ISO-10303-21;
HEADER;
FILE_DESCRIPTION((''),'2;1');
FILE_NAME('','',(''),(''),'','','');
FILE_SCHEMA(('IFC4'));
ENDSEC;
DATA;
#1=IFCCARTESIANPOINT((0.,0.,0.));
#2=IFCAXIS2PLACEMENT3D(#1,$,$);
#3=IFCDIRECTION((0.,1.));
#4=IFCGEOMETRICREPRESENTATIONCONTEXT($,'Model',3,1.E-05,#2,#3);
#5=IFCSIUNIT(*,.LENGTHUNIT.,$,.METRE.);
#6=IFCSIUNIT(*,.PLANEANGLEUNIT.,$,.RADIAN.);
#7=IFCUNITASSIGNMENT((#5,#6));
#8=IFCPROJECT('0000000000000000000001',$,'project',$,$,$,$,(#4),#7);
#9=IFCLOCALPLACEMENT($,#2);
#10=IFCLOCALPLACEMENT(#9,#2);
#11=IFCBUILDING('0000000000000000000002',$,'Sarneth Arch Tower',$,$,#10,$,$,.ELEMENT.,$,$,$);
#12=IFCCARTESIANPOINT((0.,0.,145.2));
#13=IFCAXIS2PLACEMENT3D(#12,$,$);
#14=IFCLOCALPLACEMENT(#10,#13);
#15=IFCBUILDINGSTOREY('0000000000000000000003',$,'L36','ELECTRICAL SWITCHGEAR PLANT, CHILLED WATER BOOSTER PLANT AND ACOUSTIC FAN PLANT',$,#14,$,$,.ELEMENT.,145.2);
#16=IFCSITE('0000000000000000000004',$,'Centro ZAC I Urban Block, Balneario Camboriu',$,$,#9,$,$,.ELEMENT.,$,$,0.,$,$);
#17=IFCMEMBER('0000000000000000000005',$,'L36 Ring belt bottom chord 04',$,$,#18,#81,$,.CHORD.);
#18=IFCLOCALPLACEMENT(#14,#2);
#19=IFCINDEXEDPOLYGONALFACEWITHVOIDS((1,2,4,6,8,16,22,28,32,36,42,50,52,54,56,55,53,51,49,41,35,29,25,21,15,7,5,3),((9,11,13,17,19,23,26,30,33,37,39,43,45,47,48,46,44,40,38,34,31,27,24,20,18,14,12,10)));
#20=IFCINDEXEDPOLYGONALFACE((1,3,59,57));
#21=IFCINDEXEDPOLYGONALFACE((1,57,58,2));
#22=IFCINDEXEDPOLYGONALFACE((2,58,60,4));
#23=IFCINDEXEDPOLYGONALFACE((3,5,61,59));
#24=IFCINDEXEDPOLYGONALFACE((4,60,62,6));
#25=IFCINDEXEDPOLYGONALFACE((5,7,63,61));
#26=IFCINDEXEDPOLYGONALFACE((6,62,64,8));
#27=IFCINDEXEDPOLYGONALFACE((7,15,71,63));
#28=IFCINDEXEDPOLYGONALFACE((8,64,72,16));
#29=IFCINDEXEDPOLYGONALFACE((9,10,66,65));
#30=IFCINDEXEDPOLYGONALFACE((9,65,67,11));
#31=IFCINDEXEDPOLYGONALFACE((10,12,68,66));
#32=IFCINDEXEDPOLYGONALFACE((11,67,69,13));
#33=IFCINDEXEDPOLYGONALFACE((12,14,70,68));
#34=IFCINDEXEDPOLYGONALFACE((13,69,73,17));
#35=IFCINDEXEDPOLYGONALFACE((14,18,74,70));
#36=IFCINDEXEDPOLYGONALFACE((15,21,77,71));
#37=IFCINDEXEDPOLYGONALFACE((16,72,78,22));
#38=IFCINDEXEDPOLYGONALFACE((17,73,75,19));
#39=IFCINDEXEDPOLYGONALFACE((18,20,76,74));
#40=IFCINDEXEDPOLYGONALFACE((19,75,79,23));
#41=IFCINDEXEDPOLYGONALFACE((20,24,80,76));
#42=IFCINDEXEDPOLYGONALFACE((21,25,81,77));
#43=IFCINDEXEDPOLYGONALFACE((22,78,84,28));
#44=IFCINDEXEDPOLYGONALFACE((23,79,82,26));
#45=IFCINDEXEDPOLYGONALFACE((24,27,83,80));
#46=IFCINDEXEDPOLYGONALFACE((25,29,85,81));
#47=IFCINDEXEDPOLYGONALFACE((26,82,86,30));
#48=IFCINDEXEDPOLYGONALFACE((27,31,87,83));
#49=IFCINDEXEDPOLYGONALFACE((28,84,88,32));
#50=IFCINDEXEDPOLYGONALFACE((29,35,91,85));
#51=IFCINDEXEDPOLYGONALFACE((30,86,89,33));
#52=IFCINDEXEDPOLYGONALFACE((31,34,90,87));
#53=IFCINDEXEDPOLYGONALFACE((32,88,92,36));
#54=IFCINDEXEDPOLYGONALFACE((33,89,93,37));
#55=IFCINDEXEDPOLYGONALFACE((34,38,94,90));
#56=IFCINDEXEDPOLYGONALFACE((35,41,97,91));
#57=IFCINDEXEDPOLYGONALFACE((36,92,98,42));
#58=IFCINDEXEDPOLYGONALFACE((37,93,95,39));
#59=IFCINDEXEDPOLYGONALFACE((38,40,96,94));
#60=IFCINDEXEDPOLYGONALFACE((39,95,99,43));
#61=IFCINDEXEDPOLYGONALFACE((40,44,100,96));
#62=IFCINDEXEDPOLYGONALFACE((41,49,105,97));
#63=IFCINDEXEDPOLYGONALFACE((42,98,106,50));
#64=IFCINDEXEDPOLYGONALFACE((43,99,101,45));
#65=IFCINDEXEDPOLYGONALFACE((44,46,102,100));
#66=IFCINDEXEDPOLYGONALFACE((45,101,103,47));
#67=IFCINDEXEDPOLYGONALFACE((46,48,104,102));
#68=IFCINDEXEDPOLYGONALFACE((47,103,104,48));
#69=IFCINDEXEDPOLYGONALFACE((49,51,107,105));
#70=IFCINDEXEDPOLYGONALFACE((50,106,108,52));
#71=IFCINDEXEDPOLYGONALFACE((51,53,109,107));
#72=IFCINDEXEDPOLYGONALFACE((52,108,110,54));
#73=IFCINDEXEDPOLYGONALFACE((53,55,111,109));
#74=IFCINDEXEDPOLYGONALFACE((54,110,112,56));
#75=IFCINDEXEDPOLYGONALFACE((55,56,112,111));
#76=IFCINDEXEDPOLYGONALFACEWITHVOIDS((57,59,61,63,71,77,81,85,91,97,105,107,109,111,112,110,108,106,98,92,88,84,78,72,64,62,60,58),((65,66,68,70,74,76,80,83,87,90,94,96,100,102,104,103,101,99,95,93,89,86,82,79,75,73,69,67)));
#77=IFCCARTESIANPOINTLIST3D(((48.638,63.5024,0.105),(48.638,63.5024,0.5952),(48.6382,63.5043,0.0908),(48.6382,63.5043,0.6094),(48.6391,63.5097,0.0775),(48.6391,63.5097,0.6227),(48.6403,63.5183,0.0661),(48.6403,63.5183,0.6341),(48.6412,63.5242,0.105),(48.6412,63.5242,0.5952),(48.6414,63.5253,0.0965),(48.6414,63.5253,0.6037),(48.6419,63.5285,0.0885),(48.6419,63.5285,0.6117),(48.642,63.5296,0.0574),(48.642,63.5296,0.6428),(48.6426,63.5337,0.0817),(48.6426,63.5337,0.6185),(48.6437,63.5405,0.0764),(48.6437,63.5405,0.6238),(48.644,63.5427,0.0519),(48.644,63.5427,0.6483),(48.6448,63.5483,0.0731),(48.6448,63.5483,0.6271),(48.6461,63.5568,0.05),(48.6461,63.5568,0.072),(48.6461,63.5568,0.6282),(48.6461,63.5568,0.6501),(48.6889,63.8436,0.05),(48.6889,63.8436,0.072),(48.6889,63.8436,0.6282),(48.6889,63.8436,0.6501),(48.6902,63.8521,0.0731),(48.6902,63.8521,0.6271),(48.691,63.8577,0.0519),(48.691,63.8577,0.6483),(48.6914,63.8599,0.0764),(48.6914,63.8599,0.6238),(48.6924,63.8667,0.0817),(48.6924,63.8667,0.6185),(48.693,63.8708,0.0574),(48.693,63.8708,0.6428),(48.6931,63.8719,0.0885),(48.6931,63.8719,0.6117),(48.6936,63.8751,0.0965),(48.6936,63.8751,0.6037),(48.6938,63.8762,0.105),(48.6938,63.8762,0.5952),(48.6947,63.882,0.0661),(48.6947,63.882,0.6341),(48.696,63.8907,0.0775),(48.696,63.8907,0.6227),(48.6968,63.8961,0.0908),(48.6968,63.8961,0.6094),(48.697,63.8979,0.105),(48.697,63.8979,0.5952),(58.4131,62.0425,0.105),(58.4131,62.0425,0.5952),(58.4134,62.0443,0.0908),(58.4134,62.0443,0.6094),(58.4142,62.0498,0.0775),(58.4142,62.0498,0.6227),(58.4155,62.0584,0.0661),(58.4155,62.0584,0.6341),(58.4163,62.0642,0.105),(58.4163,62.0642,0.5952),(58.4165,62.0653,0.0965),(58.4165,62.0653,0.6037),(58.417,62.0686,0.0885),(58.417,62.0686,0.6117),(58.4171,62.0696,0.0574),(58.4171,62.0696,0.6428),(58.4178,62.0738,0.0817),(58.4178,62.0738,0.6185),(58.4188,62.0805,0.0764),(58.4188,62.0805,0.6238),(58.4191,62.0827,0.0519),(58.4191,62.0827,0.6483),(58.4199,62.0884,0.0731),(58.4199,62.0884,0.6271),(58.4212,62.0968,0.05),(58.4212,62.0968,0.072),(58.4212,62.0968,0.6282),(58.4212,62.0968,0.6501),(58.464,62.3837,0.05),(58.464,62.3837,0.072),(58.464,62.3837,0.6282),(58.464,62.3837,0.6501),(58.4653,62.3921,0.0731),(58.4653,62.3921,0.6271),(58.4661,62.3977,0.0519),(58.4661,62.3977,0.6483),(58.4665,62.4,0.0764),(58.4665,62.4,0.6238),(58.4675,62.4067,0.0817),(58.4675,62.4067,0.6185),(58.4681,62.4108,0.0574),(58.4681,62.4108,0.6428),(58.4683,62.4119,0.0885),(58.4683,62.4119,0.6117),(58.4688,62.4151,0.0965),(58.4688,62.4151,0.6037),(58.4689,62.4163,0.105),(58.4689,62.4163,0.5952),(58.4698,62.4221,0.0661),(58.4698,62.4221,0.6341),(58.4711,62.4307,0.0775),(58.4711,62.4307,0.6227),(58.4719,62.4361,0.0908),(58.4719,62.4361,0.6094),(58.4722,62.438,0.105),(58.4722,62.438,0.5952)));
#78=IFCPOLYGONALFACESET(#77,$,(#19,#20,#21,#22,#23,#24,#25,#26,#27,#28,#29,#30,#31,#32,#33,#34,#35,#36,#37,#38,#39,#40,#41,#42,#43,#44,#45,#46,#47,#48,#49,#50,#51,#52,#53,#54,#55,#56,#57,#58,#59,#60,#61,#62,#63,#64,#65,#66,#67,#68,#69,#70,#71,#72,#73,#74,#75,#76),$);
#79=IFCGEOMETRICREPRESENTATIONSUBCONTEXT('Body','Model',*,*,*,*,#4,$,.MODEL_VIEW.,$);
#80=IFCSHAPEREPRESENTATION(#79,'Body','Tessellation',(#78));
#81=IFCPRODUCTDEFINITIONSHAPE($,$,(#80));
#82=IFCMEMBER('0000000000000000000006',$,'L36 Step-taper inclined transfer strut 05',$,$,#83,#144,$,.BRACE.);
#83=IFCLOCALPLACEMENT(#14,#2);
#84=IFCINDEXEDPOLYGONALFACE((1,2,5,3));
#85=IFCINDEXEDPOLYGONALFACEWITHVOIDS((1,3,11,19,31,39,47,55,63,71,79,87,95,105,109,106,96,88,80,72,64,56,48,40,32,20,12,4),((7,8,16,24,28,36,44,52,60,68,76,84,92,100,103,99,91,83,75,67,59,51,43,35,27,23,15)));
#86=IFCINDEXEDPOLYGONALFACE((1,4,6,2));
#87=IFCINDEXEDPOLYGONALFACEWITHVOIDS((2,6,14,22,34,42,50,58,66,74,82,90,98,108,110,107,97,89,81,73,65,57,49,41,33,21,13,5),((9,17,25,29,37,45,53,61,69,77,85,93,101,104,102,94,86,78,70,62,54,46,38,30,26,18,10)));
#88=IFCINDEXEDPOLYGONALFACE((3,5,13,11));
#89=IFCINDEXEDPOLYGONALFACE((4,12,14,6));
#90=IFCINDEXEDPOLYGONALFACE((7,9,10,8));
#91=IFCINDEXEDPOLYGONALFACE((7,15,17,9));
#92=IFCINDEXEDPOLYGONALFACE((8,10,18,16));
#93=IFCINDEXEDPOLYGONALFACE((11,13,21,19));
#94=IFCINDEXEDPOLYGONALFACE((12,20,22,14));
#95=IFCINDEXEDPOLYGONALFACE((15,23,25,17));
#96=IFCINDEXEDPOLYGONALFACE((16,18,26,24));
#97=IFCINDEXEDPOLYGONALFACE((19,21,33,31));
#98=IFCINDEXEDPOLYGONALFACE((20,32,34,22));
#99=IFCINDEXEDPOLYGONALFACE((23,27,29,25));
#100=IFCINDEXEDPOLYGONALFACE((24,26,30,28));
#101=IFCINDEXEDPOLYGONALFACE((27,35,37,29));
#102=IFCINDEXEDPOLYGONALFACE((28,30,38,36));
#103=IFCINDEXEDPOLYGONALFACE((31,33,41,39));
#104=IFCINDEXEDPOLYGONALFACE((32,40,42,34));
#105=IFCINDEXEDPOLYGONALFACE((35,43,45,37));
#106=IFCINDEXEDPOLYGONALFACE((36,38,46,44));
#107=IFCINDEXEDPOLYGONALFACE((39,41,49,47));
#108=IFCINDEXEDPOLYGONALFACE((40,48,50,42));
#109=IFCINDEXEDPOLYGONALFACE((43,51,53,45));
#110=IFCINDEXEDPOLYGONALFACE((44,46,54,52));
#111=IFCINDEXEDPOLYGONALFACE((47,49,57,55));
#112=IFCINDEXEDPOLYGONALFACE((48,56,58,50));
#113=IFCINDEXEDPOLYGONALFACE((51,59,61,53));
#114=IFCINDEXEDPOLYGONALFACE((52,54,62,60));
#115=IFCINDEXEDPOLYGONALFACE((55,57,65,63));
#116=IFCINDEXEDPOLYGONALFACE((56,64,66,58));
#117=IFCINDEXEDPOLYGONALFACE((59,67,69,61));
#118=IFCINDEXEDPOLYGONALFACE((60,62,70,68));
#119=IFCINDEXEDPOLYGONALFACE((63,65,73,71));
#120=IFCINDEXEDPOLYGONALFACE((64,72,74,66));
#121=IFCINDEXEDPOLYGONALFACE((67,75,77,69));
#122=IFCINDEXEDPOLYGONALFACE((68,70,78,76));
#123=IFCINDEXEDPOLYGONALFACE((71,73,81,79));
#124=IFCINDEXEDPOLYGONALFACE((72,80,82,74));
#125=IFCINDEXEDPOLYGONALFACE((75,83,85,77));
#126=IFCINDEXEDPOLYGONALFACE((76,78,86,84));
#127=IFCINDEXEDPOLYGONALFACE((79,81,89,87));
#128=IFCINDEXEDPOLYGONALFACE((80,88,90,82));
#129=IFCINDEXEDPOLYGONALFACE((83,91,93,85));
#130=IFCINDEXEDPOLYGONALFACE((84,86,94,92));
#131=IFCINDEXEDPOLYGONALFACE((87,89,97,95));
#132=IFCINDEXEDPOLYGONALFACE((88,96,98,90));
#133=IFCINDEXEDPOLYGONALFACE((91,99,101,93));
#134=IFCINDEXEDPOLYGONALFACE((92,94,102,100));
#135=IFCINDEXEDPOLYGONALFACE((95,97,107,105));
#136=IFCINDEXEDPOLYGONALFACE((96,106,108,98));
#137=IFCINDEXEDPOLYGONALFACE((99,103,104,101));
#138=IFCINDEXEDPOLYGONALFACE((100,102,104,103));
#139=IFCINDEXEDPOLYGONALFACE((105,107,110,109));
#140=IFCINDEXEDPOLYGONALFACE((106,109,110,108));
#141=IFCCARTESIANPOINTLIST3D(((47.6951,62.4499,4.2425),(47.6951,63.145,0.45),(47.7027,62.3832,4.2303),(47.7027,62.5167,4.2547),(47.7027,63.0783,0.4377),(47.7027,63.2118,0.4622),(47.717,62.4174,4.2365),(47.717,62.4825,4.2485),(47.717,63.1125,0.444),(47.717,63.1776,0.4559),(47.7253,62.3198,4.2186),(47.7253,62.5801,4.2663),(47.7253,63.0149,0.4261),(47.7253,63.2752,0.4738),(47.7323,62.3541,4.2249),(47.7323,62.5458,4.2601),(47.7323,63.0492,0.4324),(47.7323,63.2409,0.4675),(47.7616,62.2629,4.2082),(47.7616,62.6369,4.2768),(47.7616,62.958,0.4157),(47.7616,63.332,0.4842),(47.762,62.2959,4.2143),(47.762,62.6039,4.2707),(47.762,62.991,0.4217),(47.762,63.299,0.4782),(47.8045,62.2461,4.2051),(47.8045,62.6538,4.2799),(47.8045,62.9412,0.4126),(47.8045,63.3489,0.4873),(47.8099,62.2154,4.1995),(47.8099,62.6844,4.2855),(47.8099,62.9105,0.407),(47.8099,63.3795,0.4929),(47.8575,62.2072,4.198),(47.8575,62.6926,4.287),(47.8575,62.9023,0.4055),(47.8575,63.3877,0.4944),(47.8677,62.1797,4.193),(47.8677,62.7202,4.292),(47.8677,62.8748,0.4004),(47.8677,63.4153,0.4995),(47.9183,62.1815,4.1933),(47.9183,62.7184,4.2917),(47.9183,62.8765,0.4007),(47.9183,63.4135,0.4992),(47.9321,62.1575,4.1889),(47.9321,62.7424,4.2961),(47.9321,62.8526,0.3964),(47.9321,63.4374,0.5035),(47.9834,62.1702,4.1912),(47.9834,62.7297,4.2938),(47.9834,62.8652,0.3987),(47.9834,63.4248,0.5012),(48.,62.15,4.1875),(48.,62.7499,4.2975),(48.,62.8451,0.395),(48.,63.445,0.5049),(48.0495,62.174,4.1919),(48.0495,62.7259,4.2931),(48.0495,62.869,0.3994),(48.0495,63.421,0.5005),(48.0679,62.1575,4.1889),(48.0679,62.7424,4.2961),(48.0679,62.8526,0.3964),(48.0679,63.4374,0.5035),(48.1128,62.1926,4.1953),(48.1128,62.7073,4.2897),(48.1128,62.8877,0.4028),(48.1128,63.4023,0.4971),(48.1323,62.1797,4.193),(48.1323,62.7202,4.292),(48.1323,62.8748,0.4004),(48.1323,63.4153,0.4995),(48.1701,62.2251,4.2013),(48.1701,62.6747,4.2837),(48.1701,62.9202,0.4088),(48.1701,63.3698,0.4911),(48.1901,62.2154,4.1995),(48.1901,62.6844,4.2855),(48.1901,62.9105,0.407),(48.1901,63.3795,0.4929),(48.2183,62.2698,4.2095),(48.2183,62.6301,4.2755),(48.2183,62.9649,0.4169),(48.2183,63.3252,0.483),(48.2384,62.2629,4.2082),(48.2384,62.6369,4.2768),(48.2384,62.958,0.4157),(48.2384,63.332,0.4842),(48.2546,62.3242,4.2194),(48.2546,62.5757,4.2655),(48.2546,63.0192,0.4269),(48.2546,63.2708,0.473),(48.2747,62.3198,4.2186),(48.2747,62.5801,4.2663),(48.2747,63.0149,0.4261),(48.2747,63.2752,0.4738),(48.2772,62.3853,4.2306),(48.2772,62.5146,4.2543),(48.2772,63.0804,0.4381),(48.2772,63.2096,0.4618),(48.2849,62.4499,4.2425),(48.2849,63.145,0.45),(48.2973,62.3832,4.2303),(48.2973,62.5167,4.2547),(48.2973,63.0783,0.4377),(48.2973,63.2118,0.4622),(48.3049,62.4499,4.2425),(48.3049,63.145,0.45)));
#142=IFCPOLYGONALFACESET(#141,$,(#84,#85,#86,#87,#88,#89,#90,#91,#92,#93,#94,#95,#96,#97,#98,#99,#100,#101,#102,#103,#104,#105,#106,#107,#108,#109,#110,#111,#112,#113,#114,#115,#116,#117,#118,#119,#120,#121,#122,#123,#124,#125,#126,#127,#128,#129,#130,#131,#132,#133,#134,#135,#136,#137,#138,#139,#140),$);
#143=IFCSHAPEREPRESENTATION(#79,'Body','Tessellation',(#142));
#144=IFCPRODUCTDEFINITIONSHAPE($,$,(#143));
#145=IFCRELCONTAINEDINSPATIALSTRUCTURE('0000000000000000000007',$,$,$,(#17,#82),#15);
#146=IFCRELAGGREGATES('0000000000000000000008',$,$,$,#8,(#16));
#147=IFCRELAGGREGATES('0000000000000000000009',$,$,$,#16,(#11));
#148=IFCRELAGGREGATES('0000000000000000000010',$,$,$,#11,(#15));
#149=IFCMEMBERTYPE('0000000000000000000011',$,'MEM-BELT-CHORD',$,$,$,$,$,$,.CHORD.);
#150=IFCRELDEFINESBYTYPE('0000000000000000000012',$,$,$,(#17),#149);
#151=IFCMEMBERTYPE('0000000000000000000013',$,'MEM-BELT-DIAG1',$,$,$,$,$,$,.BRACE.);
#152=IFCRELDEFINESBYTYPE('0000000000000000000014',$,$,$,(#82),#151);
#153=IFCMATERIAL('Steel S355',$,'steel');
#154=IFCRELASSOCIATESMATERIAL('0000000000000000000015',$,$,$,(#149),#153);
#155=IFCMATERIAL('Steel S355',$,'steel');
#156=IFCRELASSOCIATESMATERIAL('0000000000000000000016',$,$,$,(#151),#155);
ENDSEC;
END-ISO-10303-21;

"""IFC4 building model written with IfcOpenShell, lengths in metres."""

from ifc_helpers import new_model, si_unit, direction, frame, origin, origin_2d, place, context, subcontext, project, spatial, hollow_rectangle, hollow_circle, extrude, material, material_profile, profile_set, type_object, element, save


model = new_model("IFC4")

# Units and contexts
model_context = context("Model", 3, precision=1e-05, world=origin(), true_north=direction((0.0, 1.0)))
body_context = subcontext(model_context, "Body", "Model", "MODEL_VIEW")
ifc_project = project(units=[si_unit("LENGTHUNIT", "METRE"), si_unit("PLANEANGLEUNIT", "RADIAN")], contexts=[model_context])

# Site, building, storey
site_placement = place(None, origin())
site = spatial("IfcSite", under=ifc_project, at=site_placement, Name="Centro ZAC I Urban Block, Balneario Camboriu", CompositionType="ELEMENT", RefElevation=0.0)
building_placement = place(site_placement, origin())
building = spatial("IfcBuilding", under=site, at=building_placement, Name="Sarneth Arch Tower", CompositionType="ELEMENT")
storey_placement = place(building_placement, frame((0.0, 0.0, 145.2)))
storey = spatial("IfcBuildingStorey", under=building, at=storey_placement, Name="L36", Description="ELECTRICAL SWITCHGEAR PLANT, CHILLED WATER BOOSTER PLANT AND ACOUSTIC FAN PLANT", CompositionType="ELEMENT", Elevation=145.2)

# Members
ifc_material_1 = material(Name="Steel S355", Category="steel")
ifc_material_profile_1 = material_profile(ifc_material_1, hollow_rectangle(XDim=0.3999, YDim=0.6001, WallThickness=0.022, InnerFilletRadius=0.033, OuterFilletRadius=0.0549, at=origin_2d()), Name="RHS600x400x22")
ifc_profile_set_1 = profile_set([ifc_material_profile_1], Name="Steel S355")
member_type_1 = type_object("IfcMemberType", Name="MEM-BELT-CHORD", PredefinedType="CHORD", material=ifc_profile_set_1)
member_1_placement = place(storey_placement, frame((58.4426, 62.2402, 0.3501), z_axis=(-0.98903, 0.147716, 0.0), x_axis=(-0.147716, -0.98903, 0.0)))
element("IfcMember", 1, at=member_1_placement, inside=storey, type_object=member_type_1, Name="L36 Ring belt bottom chord 04", PredefinedType="CHORD", context=body_context, shape_type="SweptSolid", body=[
    extrude(hollow_rectangle(XDim=0.3999, YDim=0.6001, WallThickness=0.022, InnerFilletRadius=0.033, OuterFilletRadius=0.0549, at=origin_2d()), origin(), (0.0, 0.0, 1.0), 9.8835),
])
ifc_material_2 = material(Name="Steel S355", Category="steel")
ifc_material_profile_2 = material_profile(ifc_material_2, hollow_circle(Radius=0.3049, WallThickness=0.02, at=origin_2d()), Name="CHS610x20")
ifc_profile_set_2 = profile_set([ifc_material_profile_2], Name="Steel S355")
member_type_2 = type_object("IfcMemberType", Name="MEM-BELT-DIAG1", PredefinedType="BRACE", material=ifc_profile_set_2)
member_2_placement = place(storey_placement, frame((48.0, 63.145, 0.45), z_axis=(0.0, -0.180273, 0.983617), x_axis=(1.0, 0.0, 0.0)))
element("IfcMember", 2, at=member_2_placement, inside=storey, type_object=member_type_2, Name="L36 Step-taper inclined transfer strut 05", PredefinedType="BRACE", context=body_context, shape_type="SweptSolid", body=[
    extrude(hollow_circle(Radius=0.3049, WallThickness=0.02, at=origin_2d()), origin(), (0.0, 0.0, 1.0), 3.8557),
])

save(model, "model.ifc")
